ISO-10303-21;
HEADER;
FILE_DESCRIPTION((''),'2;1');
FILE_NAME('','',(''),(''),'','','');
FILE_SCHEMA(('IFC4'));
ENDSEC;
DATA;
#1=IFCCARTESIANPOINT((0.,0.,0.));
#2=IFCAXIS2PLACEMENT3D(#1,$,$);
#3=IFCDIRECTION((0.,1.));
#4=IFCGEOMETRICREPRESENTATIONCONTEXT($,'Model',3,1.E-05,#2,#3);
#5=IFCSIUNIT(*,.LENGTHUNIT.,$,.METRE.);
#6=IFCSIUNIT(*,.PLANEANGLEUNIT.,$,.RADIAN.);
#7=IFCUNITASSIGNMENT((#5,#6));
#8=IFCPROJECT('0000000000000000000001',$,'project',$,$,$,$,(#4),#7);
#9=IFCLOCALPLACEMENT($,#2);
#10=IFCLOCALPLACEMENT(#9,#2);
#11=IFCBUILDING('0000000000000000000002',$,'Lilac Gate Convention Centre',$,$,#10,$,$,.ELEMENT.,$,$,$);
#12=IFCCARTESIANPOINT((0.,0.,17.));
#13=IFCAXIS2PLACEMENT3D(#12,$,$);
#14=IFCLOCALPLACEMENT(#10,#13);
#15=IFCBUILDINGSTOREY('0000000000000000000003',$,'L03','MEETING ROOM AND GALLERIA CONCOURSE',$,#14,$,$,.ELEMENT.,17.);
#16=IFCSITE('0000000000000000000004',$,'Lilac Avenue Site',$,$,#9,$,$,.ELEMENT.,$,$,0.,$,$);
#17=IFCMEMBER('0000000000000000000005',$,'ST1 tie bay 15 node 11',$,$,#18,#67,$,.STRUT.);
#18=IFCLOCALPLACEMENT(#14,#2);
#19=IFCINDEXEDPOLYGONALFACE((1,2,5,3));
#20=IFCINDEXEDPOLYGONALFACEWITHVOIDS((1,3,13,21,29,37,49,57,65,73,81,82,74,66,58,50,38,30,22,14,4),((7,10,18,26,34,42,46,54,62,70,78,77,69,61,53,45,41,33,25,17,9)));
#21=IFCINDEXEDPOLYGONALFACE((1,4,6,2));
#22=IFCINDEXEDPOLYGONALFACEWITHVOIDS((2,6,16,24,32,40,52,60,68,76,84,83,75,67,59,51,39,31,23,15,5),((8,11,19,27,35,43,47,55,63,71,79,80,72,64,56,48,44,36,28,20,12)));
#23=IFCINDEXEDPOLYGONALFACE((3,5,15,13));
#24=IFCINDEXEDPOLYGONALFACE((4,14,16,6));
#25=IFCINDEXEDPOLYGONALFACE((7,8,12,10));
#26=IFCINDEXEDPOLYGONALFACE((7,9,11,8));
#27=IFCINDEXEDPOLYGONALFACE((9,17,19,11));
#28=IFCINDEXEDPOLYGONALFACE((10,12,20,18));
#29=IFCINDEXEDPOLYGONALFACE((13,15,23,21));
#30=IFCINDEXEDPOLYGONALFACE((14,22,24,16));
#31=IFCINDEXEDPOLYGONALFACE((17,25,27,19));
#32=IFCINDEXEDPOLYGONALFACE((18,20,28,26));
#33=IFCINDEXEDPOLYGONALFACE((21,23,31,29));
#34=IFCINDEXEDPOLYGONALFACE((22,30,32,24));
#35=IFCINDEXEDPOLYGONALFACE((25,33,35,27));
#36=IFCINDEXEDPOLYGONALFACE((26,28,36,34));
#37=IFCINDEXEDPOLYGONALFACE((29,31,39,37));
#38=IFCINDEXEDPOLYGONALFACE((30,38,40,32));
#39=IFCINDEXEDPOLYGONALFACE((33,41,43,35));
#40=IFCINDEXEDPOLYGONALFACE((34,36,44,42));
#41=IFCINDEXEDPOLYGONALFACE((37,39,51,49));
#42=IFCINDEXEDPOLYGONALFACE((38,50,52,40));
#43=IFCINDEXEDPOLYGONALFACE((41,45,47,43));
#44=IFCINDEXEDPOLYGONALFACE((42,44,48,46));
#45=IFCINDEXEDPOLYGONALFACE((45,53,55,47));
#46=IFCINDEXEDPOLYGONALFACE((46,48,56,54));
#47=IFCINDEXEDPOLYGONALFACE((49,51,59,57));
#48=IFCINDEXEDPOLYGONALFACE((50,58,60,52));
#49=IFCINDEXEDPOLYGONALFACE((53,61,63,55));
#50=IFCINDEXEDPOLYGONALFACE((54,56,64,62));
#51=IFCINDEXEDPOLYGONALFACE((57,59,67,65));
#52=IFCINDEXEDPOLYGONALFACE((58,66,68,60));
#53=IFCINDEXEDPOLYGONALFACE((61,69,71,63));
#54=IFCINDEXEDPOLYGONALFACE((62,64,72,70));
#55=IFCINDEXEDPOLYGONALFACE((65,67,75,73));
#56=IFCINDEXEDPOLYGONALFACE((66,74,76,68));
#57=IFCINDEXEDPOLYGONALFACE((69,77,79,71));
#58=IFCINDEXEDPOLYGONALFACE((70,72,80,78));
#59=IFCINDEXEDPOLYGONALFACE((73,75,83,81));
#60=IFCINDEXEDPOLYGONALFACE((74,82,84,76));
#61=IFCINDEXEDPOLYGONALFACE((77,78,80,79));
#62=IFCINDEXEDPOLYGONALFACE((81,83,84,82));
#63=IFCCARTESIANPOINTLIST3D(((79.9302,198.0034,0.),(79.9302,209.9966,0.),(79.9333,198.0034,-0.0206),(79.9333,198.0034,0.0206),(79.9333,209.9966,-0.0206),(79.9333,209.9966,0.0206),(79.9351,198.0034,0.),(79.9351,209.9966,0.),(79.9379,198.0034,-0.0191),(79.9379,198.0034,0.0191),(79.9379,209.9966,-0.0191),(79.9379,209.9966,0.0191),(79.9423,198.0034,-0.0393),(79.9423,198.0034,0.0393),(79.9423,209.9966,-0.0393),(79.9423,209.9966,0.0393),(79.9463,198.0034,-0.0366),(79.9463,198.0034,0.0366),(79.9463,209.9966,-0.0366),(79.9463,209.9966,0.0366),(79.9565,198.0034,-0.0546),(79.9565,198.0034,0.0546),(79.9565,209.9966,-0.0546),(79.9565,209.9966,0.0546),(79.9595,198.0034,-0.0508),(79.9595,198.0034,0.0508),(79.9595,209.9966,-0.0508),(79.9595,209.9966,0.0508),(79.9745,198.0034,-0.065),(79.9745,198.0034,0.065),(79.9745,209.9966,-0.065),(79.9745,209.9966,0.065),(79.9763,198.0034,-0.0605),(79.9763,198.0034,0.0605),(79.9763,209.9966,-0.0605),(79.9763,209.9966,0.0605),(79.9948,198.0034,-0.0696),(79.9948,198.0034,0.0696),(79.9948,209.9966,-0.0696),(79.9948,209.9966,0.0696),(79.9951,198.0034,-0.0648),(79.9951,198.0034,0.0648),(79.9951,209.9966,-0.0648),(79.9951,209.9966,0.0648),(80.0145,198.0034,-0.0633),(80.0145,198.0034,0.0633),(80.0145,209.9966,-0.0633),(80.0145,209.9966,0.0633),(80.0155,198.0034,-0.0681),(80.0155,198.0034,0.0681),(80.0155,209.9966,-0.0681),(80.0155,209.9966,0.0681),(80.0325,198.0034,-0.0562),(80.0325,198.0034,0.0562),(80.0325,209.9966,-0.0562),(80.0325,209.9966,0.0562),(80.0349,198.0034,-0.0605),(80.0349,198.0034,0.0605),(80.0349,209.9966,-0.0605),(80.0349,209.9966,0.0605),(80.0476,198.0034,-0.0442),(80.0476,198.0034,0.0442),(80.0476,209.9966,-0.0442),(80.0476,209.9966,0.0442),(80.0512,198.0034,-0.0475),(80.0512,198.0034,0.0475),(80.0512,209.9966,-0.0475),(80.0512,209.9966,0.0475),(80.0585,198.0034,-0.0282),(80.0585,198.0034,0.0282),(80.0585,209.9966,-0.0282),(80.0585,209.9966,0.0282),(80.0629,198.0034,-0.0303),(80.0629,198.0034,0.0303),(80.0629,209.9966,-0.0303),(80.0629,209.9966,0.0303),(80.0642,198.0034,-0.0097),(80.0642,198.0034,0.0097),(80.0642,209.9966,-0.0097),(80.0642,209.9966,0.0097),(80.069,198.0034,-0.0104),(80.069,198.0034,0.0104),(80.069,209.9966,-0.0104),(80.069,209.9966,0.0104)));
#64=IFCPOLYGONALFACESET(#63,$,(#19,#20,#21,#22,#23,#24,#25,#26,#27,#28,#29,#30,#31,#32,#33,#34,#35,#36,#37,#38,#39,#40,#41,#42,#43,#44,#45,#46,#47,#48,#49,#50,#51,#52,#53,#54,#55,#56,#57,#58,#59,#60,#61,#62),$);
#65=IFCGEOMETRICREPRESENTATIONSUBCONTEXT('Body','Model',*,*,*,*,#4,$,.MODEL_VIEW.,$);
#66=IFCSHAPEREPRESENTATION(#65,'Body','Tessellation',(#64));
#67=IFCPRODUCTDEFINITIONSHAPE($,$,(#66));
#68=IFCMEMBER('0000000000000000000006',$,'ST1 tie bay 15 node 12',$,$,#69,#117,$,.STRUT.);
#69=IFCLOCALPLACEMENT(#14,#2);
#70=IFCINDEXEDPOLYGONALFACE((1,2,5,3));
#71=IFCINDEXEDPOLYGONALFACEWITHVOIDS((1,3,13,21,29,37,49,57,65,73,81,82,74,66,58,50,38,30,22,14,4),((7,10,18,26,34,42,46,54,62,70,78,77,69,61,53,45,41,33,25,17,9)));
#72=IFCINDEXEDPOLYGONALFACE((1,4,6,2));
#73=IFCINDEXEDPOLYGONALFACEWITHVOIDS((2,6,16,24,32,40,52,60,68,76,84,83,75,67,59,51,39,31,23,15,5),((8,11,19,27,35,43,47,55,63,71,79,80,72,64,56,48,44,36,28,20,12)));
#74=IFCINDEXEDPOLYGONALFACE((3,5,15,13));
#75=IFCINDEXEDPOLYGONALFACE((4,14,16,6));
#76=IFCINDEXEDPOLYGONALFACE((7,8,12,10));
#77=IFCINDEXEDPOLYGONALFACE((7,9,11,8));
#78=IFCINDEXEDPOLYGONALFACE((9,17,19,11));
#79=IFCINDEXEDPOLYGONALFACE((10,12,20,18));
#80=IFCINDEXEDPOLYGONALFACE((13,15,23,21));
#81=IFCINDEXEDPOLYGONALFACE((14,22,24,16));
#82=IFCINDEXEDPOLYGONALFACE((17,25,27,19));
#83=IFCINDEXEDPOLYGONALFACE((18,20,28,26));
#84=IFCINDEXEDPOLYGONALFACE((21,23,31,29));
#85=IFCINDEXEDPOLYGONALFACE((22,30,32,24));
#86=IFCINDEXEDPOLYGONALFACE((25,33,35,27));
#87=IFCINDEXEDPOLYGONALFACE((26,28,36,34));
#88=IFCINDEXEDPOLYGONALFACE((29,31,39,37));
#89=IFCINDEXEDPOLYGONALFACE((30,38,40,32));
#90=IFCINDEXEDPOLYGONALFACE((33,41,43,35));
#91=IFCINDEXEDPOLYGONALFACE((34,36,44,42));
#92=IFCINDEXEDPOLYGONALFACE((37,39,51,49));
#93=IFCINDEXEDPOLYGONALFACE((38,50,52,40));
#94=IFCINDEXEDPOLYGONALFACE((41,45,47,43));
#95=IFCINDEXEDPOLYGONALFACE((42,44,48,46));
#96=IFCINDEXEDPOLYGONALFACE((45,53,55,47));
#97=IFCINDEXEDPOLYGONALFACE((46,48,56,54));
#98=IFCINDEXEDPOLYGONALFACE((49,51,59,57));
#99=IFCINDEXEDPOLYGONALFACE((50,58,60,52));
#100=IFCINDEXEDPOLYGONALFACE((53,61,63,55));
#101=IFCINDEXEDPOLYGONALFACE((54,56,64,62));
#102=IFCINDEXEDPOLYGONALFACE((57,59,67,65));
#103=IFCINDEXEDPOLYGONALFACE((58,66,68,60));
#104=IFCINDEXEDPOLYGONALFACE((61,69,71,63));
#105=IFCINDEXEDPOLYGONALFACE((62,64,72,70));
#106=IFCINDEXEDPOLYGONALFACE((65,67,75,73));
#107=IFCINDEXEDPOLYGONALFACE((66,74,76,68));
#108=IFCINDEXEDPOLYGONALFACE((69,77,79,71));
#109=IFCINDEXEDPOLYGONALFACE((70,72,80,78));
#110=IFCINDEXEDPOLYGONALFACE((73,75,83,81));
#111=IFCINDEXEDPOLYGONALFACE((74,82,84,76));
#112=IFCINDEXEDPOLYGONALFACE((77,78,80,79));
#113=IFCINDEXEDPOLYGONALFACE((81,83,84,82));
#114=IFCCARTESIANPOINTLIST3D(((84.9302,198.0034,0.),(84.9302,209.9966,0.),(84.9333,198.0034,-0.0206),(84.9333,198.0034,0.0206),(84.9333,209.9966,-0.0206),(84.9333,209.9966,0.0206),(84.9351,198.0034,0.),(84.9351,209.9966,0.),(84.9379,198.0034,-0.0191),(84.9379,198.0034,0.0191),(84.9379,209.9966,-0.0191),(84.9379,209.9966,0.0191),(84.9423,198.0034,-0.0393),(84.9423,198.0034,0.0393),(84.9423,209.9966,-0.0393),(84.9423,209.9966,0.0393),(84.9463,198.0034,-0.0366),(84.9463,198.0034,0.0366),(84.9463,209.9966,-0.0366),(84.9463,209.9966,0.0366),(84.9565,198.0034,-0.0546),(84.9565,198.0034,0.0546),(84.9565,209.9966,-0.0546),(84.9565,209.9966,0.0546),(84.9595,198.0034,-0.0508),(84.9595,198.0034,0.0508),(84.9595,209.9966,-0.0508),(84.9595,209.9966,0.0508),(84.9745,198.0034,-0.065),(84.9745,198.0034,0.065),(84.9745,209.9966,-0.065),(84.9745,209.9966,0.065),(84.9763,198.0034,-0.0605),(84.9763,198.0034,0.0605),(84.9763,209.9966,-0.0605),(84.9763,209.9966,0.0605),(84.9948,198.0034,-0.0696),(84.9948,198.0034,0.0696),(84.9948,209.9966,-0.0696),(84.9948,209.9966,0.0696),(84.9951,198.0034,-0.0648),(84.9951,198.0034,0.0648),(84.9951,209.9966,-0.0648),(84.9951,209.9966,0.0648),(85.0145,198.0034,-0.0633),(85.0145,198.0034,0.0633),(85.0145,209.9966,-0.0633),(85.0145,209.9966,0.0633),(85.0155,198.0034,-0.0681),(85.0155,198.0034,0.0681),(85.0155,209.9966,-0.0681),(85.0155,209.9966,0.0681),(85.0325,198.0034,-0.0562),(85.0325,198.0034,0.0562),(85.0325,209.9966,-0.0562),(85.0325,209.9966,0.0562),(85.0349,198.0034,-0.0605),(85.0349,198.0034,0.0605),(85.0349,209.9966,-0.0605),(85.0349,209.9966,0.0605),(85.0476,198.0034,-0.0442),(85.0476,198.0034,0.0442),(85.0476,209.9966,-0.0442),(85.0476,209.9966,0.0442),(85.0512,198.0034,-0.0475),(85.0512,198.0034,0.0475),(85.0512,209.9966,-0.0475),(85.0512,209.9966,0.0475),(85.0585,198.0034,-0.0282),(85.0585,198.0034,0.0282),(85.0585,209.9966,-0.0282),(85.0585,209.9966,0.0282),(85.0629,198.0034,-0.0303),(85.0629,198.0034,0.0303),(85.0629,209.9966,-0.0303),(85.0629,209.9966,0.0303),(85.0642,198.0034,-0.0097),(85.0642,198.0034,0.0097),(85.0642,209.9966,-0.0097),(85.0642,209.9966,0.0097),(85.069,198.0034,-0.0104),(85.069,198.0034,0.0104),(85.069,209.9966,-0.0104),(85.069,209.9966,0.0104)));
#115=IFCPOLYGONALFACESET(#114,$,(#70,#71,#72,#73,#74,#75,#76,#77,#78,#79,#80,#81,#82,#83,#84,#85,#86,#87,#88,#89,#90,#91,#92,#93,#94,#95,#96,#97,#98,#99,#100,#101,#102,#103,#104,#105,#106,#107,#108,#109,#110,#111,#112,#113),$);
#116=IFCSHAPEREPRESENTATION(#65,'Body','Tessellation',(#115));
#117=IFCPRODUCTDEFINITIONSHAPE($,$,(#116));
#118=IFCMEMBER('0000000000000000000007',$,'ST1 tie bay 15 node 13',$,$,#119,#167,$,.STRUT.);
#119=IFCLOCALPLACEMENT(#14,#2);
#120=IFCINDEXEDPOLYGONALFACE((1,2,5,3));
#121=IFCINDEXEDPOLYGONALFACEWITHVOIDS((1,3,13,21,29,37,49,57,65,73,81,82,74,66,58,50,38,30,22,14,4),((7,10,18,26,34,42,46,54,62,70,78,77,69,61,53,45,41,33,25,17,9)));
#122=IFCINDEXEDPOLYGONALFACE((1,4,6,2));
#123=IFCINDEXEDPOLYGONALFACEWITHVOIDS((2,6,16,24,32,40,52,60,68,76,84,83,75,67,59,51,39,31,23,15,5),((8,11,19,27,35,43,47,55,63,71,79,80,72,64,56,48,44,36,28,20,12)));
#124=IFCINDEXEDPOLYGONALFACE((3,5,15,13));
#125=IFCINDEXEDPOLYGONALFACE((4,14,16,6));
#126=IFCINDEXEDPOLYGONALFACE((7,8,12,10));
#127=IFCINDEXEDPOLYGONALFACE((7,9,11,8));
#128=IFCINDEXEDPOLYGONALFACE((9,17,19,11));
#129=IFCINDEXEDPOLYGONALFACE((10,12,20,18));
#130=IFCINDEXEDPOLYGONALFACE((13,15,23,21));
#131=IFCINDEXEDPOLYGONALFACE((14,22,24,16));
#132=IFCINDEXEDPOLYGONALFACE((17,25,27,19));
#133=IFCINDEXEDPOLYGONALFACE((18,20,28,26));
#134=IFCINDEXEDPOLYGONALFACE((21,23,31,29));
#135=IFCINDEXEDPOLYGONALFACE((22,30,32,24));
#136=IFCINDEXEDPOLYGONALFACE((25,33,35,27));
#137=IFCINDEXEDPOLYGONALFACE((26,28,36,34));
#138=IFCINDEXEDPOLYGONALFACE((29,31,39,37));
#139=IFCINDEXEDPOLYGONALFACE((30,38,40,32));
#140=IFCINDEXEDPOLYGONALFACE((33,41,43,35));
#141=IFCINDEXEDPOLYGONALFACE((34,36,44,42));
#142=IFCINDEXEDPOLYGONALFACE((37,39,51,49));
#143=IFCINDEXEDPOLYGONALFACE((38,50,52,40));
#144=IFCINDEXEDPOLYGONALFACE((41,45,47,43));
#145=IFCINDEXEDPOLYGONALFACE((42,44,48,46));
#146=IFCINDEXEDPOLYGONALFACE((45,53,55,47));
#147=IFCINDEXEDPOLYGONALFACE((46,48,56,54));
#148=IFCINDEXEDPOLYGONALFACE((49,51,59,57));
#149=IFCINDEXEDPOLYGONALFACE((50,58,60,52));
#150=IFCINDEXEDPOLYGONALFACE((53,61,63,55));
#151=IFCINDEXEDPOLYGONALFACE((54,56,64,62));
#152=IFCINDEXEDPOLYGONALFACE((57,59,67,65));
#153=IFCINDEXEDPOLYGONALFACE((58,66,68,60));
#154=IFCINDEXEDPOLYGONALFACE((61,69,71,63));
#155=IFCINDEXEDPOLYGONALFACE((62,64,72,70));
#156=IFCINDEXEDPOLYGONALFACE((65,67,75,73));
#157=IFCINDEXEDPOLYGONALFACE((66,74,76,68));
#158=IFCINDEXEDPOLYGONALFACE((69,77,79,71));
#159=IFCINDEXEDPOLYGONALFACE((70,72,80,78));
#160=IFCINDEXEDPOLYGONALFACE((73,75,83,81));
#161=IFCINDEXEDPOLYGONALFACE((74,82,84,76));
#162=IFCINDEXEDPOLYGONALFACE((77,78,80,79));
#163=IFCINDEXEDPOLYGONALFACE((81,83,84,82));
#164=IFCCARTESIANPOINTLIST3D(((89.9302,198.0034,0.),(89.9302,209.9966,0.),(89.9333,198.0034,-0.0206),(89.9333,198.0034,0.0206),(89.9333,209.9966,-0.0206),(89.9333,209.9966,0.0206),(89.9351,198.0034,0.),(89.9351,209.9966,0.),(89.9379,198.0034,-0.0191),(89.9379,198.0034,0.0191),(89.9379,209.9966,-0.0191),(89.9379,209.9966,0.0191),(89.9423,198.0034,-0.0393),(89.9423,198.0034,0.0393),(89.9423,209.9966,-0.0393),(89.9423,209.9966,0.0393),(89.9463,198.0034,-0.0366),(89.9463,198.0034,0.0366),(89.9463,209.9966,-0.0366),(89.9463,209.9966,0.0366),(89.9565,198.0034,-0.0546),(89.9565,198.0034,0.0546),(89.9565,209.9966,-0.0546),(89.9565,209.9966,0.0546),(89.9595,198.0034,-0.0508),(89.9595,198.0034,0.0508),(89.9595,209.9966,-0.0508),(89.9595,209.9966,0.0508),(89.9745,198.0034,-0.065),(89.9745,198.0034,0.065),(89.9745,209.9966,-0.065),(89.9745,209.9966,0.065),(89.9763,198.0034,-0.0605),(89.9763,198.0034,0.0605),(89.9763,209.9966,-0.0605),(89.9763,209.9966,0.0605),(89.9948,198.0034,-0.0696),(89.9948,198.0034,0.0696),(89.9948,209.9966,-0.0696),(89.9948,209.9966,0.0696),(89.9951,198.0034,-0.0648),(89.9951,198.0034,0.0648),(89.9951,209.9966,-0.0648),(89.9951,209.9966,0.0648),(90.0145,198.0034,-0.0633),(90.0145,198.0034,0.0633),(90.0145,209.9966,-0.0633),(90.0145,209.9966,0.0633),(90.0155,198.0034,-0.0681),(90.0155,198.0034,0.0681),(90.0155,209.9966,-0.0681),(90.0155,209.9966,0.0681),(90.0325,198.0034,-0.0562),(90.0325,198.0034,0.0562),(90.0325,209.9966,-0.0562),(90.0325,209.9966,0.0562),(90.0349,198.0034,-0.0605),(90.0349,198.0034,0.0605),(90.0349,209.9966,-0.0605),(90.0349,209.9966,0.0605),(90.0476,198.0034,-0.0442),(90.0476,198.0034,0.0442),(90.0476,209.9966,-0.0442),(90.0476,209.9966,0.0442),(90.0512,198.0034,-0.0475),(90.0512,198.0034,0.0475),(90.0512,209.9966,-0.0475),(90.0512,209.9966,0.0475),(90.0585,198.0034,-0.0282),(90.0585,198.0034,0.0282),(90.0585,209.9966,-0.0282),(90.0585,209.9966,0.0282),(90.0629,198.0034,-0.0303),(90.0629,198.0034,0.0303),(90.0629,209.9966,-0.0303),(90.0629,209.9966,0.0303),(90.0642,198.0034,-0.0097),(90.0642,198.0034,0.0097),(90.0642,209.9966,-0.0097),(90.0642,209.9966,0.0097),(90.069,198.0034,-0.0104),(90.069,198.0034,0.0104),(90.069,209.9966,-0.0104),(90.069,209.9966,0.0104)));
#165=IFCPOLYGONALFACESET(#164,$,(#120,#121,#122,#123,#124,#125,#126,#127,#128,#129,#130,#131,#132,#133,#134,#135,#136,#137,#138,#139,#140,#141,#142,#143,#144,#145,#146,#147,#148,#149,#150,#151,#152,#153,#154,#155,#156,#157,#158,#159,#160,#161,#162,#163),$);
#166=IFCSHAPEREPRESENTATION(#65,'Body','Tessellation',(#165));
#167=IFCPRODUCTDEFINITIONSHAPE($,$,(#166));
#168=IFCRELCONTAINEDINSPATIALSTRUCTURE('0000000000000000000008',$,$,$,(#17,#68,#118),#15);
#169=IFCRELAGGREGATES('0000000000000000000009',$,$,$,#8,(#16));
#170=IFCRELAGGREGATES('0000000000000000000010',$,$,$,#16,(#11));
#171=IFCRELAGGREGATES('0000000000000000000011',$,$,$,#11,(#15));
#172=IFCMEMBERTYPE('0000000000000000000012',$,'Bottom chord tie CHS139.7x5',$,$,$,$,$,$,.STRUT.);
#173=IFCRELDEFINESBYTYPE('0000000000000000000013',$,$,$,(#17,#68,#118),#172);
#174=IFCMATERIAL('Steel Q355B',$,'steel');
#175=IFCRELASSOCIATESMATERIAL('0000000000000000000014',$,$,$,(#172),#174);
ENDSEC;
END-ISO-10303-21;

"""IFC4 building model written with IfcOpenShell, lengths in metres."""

from ifc_helpers import new_model, si_unit, direction, frame, origin, origin_2d, place, context, subcontext, project, spatial, hollow_circle, extrude, material, material_profile, profile_set, type_object, element, save


model = new_model("IFC4")

# Units and contexts
model_context = context("Model", 3, precision=1e-05, world=origin(), true_north=direction((0.0, 1.0)))
body_context = subcontext(model_context, "Body", "Model", "MODEL_VIEW")
ifc_project = project(units=[si_unit("LENGTHUNIT", "METRE"), si_unit("PLANEANGLEUNIT", "RADIAN")], contexts=[model_context])

# Site, building, storey
site_placement = place(None, origin())
site = spatial("IfcSite", under=ifc_project, at=site_placement, Name="Lilac Avenue Site", CompositionType="ELEMENT", RefElevation=0.0)
building_placement = place(site_placement, origin())
building = spatial("IfcBuilding", under=site, at=building_placement, Name="Lilac Gate Convention Centre", CompositionType="ELEMENT")
storey_placement = place(building_placement, frame((0.0, 0.0, 17.0)))
storey = spatial("IfcBuildingStorey", under=building, at=storey_placement, Name="L03", Description="MEETING ROOM AND GALLERIA CONCOURSE", CompositionType="ELEMENT", Elevation=17.0)

# Members
ifc_material_1 = material(Name="Steel Q355B", Category="steel")
ifc_material_profile_1 = material_profile(ifc_material_1, hollow_circle(Radius=0.0698, WallThickness=0.0049, at=origin_2d()), Name="CHS139.7x5")
ifc_profile_set_1 = profile_set([ifc_material_profile_1], Name="Steel Q355B")
member_type_1 = type_object("IfcMemberType", Name="Bottom chord tie CHS139.7x5", PredefinedType="STRUT", material=ifc_profile_set_1)
for number, where, z_axis, x_axis, name in (
    (1, (80.0, 198.0034, 0.0), (0.0, 1.0, 0.0), (-1.0, 0.0, 0.0), "ST1 tie bay 15 node 11"),
    (2, (85.0, 198.0034, 0.0), (0.0, 1.0, 0.0), (-1.0, 0.0, 0.0), "ST1 tie bay 15 node 12"),
    (3, (90.0, 198.0034, 0.0), (0.0, 1.0, 0.0), (-1.0, 0.0, 0.0), "ST1 tie bay 15 node 13"),
):
    element("IfcMember", number, at=place(storey_placement, frame(where, z_axis=z_axis, x_axis=x_axis)), inside=storey, type_object=member_type_1, Name=name, PredefinedType="STRUT", context=body_context, shape_type="SweptSolid", body=[
        extrude(hollow_circle(Radius=0.0698, WallThickness=0.0049, at=origin_2d()), origin(), (0.0, 0.0, 1.0), 11.9932),
    ])

save(model, "model.ifc")
